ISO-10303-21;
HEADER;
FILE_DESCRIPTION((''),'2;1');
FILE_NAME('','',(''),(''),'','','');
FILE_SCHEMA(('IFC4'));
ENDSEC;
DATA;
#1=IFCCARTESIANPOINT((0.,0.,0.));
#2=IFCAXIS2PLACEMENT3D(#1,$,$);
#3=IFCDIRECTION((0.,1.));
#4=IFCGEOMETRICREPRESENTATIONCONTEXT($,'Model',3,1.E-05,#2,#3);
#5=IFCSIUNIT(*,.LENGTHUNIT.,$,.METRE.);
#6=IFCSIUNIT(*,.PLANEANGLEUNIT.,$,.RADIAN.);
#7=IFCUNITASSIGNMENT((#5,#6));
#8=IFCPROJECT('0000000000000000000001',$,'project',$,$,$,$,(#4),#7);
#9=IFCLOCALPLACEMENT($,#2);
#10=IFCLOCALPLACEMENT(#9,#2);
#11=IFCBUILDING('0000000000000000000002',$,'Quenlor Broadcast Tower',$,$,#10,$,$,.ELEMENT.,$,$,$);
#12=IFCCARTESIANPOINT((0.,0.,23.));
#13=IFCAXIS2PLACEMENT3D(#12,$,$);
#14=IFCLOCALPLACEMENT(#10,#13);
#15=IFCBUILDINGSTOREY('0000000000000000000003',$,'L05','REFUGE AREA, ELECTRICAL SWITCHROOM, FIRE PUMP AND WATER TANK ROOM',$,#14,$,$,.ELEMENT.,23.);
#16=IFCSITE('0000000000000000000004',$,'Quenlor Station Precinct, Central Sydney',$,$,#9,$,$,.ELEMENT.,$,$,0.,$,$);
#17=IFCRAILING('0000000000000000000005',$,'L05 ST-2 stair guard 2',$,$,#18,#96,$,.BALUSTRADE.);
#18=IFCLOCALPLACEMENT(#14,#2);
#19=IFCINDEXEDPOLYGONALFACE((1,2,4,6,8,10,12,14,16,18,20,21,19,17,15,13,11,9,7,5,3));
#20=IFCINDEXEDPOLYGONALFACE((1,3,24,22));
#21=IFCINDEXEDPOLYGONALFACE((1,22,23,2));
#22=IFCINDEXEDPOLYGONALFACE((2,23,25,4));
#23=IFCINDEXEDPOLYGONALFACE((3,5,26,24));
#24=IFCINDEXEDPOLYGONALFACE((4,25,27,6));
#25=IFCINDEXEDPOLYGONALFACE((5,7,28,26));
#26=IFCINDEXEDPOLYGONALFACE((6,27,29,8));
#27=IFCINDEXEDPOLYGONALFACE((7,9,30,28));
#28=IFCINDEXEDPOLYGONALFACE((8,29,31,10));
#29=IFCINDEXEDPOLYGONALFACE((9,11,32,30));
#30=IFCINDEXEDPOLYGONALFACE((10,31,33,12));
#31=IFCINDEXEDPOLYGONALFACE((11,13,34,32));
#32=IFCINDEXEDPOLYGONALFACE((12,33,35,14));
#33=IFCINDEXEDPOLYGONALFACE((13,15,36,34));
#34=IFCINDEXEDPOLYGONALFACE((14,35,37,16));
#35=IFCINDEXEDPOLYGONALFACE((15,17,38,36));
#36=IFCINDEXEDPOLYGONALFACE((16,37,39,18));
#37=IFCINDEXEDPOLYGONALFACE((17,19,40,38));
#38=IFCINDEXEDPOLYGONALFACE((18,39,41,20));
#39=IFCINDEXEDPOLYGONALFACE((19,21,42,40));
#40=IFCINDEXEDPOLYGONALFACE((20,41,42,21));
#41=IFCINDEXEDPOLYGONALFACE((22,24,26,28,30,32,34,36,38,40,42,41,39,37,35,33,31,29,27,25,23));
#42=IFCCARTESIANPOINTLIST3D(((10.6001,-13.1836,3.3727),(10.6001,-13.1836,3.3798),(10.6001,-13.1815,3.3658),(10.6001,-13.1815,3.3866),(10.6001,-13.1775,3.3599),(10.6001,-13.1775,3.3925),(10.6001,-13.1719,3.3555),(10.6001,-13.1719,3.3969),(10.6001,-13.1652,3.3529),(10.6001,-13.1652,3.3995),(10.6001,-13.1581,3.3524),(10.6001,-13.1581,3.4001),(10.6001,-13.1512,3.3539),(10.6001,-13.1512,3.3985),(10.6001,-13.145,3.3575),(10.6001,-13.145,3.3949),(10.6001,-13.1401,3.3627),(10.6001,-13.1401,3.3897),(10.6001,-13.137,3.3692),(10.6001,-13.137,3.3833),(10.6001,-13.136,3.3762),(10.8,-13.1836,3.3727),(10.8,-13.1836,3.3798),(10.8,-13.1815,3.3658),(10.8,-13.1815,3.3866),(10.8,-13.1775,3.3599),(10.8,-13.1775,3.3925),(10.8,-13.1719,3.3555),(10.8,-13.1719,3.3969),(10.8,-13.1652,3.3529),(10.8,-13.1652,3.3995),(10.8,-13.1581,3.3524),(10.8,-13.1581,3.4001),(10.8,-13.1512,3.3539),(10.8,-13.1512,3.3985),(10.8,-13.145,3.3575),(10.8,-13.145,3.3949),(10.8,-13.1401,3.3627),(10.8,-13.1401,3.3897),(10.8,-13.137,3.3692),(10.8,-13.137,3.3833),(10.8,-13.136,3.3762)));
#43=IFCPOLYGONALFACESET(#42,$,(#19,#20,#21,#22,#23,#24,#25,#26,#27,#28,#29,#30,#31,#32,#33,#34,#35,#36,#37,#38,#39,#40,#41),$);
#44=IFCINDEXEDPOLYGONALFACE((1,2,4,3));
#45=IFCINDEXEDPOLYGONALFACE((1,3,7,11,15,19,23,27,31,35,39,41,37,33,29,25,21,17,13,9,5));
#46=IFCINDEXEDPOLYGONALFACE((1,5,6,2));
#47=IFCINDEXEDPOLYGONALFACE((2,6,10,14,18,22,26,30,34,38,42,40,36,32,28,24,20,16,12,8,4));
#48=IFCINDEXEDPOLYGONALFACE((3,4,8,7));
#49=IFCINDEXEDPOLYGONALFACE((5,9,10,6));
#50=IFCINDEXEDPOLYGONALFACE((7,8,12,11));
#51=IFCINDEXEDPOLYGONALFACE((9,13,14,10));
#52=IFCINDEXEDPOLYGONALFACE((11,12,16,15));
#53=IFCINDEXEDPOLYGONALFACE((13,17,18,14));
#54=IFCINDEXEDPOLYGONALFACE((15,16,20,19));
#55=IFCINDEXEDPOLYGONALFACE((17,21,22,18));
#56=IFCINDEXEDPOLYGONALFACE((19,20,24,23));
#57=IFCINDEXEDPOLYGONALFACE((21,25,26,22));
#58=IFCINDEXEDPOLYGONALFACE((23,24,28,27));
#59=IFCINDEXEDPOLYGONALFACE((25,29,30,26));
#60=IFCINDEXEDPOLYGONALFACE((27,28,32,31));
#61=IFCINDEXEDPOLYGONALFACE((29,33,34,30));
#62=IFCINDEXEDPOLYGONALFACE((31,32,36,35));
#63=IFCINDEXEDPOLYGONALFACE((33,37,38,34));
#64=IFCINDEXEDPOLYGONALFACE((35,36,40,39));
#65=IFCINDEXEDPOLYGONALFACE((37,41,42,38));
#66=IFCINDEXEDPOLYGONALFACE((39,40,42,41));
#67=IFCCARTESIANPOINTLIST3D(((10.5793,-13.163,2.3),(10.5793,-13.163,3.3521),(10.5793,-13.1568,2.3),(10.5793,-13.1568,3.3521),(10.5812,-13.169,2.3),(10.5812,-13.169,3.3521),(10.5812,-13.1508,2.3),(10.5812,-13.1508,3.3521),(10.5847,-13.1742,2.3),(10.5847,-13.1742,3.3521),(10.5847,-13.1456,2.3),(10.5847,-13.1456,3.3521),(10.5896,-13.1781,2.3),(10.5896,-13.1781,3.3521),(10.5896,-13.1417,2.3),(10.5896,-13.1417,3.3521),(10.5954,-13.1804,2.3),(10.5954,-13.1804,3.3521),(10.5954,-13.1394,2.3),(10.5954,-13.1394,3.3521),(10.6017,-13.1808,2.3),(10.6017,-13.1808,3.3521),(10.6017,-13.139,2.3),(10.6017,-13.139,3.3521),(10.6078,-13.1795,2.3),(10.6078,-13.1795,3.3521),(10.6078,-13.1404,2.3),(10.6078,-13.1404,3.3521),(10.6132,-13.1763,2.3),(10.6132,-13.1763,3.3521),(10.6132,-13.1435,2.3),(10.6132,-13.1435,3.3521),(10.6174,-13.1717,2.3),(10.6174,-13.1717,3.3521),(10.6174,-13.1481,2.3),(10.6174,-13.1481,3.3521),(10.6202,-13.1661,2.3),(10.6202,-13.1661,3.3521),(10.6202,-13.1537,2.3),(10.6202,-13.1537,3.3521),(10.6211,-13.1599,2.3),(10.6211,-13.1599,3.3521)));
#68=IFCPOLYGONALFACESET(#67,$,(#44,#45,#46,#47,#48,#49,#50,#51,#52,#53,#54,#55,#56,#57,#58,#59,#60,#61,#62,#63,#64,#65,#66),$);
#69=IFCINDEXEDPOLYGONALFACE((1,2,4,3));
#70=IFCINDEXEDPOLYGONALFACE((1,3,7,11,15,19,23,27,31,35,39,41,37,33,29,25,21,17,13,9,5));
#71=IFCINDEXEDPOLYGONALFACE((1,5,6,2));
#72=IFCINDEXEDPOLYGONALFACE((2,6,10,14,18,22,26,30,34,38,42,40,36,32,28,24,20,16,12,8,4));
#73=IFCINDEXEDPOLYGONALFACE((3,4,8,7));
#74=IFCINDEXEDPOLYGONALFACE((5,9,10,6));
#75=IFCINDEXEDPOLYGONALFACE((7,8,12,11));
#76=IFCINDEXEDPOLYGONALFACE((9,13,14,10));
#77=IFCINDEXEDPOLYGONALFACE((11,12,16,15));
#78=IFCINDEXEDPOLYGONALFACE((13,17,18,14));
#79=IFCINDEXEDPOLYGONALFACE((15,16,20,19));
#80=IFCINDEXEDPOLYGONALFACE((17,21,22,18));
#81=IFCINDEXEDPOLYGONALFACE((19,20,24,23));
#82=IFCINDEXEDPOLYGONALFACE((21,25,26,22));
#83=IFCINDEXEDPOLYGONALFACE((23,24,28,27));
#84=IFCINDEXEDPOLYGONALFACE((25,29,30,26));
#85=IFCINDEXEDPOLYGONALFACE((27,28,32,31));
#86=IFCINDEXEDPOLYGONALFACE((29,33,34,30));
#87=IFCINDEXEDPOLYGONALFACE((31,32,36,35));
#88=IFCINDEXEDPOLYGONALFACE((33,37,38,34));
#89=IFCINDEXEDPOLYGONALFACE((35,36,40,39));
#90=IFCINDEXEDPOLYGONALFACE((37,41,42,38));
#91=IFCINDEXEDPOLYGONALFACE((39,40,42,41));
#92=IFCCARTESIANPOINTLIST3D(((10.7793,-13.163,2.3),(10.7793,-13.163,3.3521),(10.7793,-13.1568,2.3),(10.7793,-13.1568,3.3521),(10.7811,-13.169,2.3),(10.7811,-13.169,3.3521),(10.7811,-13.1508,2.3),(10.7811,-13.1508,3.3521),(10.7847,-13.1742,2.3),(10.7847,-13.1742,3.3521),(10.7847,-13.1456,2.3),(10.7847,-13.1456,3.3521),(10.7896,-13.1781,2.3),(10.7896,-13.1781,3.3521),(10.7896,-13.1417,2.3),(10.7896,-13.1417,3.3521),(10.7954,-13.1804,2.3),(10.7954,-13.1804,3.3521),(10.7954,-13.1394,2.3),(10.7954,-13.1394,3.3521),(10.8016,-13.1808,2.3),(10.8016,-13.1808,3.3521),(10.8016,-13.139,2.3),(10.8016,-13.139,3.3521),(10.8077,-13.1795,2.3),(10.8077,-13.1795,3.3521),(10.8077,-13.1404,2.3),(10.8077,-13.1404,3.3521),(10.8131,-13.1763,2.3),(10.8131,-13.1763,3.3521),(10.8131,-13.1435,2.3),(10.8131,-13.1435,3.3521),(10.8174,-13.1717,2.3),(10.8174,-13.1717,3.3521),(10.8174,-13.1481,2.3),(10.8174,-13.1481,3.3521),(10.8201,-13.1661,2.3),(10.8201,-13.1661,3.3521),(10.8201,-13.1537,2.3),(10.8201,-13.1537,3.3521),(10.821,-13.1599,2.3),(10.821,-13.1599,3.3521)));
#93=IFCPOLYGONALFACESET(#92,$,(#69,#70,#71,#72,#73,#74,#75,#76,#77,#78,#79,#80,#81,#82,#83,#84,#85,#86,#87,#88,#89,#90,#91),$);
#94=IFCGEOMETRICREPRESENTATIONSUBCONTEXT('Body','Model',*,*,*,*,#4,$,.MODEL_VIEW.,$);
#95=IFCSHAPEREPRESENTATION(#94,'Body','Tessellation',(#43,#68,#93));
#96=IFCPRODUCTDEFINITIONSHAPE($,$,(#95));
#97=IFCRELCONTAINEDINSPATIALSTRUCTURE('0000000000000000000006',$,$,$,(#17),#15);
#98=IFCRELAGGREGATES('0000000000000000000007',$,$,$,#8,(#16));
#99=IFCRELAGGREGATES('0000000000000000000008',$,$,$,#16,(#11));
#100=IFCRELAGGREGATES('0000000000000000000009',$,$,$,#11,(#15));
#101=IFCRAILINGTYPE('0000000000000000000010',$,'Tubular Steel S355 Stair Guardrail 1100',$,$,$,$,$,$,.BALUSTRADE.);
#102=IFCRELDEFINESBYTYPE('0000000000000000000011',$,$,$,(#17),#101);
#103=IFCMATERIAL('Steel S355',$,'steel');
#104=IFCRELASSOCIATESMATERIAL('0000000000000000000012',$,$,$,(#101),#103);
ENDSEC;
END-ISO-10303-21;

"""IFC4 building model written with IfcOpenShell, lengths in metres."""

from ifc_helpers import new_model, si_unit, direction, frame, origin, origin_2d, place, context, subcontext, project, spatial, circle, extrude, material, type_object, element, save


model = new_model("IFC4")

# Units and contexts
model_context = context("Model", 3, precision=1e-05, world=origin(), true_north=direction((0.0, 1.0)))
body_context = subcontext(model_context, "Body", "Model", "MODEL_VIEW")
ifc_project = project(units=[si_unit("LENGTHUNIT", "METRE"), si_unit("PLANEANGLEUNIT", "RADIAN")], contexts=[model_context])

# Site, building, storey
site_placement = place(None, origin())
site = spatial("IfcSite", under=ifc_project, at=site_placement, Name="Quenlor Station Precinct, Central Sydney", CompositionType="ELEMENT", RefElevation=0.0)
building_placement = place(site_placement, origin())
building = spatial("IfcBuilding", under=site, at=building_placement, Name="Quenlor Broadcast Tower", CompositionType="ELEMENT")
storey_placement = place(building_placement, frame((0.0, 0.0, 23.0)))
storey = spatial("IfcBuildingStorey", under=building, at=storey_placement, Name="L05", Description="REFUGE AREA, ELECTRICAL SWITCHROOM, FIRE PUMP AND WATER TANK ROOM", CompositionType="ELEMENT", Elevation=23.0)

# Railing
ifc_material_1 = material(Name="Steel S355", Category="steel")
railing_type_1 = type_object("IfcRailingType", Name="Tubular Steel S355 Stair Guardrail 1100", PredefinedType="BALUSTRADE", material=ifc_material_1)
railing_1_placement = place(storey_placement, frame((10.6001, -13.1599, 2.3)))
element("IfcRailing", 1, at=railing_1_placement, inside=storey, type_object=railing_type_1, Name="L05 ST-2 stair guard 2", PredefinedType="BALUSTRADE", context=body_context, shape_type="SweptSolid", body=[
    extrude(circle(Radius=0.0239, at=origin_2d()), frame((0.0, 0.0, 1.0762), z_axis=(1.0, 0.0, 0.0), x_axis=(0.0, 1.0, 0.0)), (0.0, 0.0, 1.0), 0.2),
    extrude(circle(Radius=0.021, at=origin_2d()), origin(), (0.0, 0.0, 1.0), 1.052),
    extrude(circle(Radius=0.021, at=origin_2d()), frame((0.2, 0.0, 0.0)), (0.0, 0.0, 1.0), 1.052),
])

save(model, "model.ifc")
